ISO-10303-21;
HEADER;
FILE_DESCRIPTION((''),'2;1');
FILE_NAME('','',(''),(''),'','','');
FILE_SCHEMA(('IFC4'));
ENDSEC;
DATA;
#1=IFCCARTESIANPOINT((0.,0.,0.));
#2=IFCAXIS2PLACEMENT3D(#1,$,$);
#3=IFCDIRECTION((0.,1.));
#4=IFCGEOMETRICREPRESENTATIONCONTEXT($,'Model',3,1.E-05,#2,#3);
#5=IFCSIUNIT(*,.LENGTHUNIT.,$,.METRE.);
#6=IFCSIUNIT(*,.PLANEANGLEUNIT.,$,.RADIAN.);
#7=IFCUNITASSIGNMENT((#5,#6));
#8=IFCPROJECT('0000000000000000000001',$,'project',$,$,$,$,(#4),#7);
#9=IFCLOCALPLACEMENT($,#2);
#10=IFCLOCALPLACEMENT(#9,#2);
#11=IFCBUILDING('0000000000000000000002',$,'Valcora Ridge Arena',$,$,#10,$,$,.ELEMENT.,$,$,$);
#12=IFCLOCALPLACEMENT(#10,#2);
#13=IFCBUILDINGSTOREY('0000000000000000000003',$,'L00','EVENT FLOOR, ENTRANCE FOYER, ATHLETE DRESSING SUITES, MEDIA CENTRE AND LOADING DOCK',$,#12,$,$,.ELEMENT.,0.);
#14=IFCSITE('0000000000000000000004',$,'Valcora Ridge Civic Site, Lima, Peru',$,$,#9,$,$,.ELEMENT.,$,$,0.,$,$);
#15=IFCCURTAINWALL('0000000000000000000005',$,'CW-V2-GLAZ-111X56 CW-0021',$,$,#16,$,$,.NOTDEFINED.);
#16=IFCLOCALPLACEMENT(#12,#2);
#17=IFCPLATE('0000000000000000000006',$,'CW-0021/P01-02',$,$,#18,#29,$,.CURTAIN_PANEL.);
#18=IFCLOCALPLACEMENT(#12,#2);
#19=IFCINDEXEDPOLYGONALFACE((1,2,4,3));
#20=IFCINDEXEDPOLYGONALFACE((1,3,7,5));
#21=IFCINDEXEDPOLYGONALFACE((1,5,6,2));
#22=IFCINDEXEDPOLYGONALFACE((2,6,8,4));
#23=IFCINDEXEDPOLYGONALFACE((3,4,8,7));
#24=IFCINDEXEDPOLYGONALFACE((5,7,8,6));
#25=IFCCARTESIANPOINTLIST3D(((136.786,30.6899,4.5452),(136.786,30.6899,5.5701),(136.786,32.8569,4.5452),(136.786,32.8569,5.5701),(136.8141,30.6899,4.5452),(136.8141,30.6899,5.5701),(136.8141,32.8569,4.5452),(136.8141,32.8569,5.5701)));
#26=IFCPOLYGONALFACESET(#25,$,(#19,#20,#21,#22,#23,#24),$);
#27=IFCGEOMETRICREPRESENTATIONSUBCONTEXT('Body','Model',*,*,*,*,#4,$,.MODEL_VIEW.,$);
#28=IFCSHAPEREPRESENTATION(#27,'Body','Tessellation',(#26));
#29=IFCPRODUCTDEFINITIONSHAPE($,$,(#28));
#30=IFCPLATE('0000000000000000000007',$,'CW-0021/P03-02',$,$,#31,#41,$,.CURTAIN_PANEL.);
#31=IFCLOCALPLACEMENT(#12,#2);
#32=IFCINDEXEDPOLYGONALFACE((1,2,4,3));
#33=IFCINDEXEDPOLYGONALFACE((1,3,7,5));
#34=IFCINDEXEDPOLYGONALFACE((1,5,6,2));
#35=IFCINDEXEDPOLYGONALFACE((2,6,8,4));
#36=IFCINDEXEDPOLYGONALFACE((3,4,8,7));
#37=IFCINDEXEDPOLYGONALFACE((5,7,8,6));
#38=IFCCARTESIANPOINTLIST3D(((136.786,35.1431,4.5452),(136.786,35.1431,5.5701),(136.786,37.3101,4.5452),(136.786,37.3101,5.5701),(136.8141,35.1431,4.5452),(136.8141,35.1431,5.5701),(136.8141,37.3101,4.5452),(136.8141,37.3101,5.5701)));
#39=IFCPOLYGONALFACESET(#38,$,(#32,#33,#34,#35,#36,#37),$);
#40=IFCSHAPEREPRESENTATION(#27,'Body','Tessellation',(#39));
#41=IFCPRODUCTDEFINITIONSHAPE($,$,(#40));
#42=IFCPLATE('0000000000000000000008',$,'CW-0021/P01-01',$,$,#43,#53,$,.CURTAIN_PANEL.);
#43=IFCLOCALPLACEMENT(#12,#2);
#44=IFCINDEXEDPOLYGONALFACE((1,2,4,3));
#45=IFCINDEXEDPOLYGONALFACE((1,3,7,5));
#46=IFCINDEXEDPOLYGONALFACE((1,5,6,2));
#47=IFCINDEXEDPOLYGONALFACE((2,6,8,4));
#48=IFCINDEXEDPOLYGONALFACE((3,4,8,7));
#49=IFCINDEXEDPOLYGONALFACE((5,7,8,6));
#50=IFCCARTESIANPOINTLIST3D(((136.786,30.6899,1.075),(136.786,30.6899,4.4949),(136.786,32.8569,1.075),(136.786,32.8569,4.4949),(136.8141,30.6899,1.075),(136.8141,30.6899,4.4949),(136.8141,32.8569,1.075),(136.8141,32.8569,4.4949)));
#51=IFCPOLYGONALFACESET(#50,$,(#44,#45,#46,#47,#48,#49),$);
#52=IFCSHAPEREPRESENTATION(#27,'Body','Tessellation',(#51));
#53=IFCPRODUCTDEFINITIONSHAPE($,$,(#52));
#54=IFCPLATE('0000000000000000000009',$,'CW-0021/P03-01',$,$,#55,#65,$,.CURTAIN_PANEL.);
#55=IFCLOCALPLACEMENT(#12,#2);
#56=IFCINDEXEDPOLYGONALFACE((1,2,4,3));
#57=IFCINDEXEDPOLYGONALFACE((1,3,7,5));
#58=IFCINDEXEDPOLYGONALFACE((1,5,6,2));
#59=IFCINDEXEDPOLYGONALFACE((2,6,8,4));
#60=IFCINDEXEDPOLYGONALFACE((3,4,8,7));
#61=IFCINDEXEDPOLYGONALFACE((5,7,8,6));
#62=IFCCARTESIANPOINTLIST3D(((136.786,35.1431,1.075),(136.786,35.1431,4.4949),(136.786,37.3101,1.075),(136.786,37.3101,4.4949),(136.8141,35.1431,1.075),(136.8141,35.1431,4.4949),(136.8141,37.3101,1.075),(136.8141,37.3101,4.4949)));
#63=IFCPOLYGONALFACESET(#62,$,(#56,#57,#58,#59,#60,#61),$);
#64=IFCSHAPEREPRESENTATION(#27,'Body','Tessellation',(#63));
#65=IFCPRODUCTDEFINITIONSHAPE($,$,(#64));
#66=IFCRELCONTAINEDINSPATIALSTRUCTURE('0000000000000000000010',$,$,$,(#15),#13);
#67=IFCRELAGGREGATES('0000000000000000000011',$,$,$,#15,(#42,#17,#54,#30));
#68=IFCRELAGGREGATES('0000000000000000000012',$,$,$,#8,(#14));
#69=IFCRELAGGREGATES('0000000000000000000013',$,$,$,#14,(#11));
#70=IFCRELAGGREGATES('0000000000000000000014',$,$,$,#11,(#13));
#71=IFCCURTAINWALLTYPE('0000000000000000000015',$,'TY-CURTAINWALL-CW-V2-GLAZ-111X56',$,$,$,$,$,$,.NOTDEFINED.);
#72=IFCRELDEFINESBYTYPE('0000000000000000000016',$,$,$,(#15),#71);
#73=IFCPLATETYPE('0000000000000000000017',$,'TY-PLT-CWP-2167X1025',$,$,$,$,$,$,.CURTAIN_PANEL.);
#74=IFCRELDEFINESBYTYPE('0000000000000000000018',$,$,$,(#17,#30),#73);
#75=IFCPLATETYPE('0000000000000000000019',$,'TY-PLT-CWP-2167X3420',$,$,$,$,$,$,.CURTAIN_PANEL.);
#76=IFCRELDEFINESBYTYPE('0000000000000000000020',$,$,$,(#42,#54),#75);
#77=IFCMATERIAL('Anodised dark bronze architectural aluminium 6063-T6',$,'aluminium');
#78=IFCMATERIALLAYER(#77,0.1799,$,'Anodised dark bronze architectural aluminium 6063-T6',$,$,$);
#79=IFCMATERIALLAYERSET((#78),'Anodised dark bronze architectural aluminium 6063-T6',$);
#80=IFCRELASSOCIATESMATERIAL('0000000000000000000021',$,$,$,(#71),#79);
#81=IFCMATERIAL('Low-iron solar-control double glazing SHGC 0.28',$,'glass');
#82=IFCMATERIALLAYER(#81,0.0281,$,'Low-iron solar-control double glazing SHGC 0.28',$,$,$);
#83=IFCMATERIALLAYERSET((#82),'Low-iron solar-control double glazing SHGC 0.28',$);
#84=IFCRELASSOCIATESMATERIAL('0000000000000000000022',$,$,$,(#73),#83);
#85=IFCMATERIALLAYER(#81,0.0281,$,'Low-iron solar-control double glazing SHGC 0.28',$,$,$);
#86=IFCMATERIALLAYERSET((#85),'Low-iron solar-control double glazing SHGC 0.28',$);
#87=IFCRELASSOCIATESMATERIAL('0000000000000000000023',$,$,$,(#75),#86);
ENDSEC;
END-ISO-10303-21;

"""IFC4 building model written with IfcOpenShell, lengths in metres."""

from ifc_helpers import new_model, si_unit, direction, frame, origin, origin_2d, place, context, subcontext, project, spatial, rectangle, extrude, material, layer, layer_set, type_object, element, aggregate, save


model = new_model("IFC4")

# Units and contexts
model_context = context("Model", 3, precision=1e-05, world=origin(), true_north=direction((0.0, 1.0)))
body_context = subcontext(model_context, "Body", "Model", "MODEL_VIEW")
ifc_project = project(units=[si_unit("LENGTHUNIT", "METRE"), si_unit("PLANEANGLEUNIT", "RADIAN")], contexts=[model_context])

# Site, building, storey
site_placement = place(None, origin())
site = spatial("IfcSite", under=ifc_project, at=site_placement, Name="Valcora Ridge Civic Site, Lima, Peru", CompositionType="ELEMENT", RefElevation=0.0)
building_placement = place(site_placement, origin())
building = spatial("IfcBuilding", under=site, at=building_placement, Name="Valcora Ridge Arena", CompositionType="ELEMENT")
storey_placement = place(building_placement, origin())
storey = spatial("IfcBuildingStorey", under=building, at=storey_placement, Name="L00", Description="EVENT FLOOR, ENTRANCE FOYER, ATHLETE DRESSING SUITES, MEDIA CENTRE AND LOADING DOCK", CompositionType="ELEMENT", Elevation=0.0)

# Curtain wall
ifc_material_1 = material(Name="Anodised dark bronze architectural aluminium 6063-T6", Category="aluminium")
ifc_layer_1 = layer(ifc_material_1, 0.1799, Name="Anodised dark bronze architectural aluminium 6063-T6")
ifc_layer_set_1 = layer_set([ifc_layer_1], Name="Anodised dark bronze architectural aluminium 6063-T6")
curtain_wall_type_1 = type_object("IfcCurtainWallType", Name="TY-CURTAINWALL-CW-V2-GLAZ-111X56", PredefinedType="NOTDEFINED", material=ifc_layer_set_1)
curtain_wall_1_placement = place(storey_placement, origin())
curtain_wall_1 = element("IfcCurtainWall", 1, at=curtain_wall_1_placement, inside=storey, type_object=curtain_wall_type_1, Name="CW-V2-GLAZ-111X56 CW-0021", PredefinedType="NOTDEFINED")

# Plates
ifc_material_2 = material(Name="Low-iron solar-control double glazing SHGC 0.28", Category="glass")
ifc_layer_2 = layer(ifc_material_2, 0.0281, Name="Low-iron solar-control double glazing SHGC 0.28")
ifc_layer_set_2 = layer_set([ifc_layer_2], Name="Low-iron solar-control double glazing SHGC 0.28")
plate_type_1 = type_object("IfcPlateType", Name="TY-PLT-CWP-2167X1025", PredefinedType="CURTAIN_PANEL", material=ifc_layer_set_2)
plate_1_placement = place(storey_placement, frame((136.8, 31.7734, 4.5452), z_axis=(0.0, 0.0, 1.0), x_axis=(0.0, 1.0, 0.0)))
plate_1 = element("IfcPlate", 2, at=plate_1_placement, type_object=plate_type_1, Name="CW-0021/P01-02", PredefinedType="CURTAIN_PANEL", context=body_context, shape_type="SweptSolid", body=[
    extrude(rectangle(XDim=2.167, YDim=0.0281, at=origin_2d()), origin(), (0.0, 0.0, 1.0), 1.0249),
])
plate_2_placement = place(storey_placement, frame((136.8, 36.2266, 4.5452), z_axis=(0.0, 0.0, 1.0), x_axis=(0.0, 1.0, 0.0)))
plate_2 = element("IfcPlate", 3, at=plate_2_placement, type_object=plate_type_1, Name="CW-0021/P03-02", PredefinedType="CURTAIN_PANEL", context=body_context, shape_type="SweptSolid", body=[
    extrude(rectangle(XDim=2.167, YDim=0.0281, at=origin_2d()), origin(), (0.0, 0.0, 1.0), 1.0249),
])
ifc_layer_3 = layer(ifc_material_2, 0.0281, Name="Low-iron solar-control double glazing SHGC 0.28")
ifc_layer_set_3 = layer_set([ifc_layer_3], Name="Low-iron solar-control double glazing SHGC 0.28")
plate_type_2 = type_object("IfcPlateType", Name="TY-PLT-CWP-2167X3420", PredefinedType="CURTAIN_PANEL", material=ifc_layer_set_3)
plate_3_placement = place(storey_placement, frame((136.8, 31.7734, 1.075), z_axis=(0.0, 0.0, 1.0), x_axis=(0.0, 1.0, 0.0)))
plate_3 = element("IfcPlate", 4, at=plate_3_placement, type_object=plate_type_2, Name="CW-0021/P01-01", PredefinedType="CURTAIN_PANEL", context=body_context, shape_type="SweptSolid", body=[
    extrude(rectangle(XDim=2.167, YDim=0.0281, at=origin_2d()), origin(), (0.0, 0.0, 1.0), 3.4199),
])
plate_4_placement = place(storey_placement, frame((136.8, 36.2266, 1.075), z_axis=(0.0, 0.0, 1.0), x_axis=(0.0, 1.0, 0.0)))
plate_4 = element("IfcPlate", 5, at=plate_4_placement, type_object=plate_type_2, Name="CW-0021/P03-01", PredefinedType="CURTAIN_PANEL", context=body_context, shape_type="SweptSolid", body=[
    extrude(rectangle(XDim=2.167, YDim=0.0281, at=origin_2d()), origin(), (0.0, 0.0, 1.0), 3.4199),
])
aggregate(curtain_wall_1, [plate_3, plate_1, plate_4, plate_2])

save(model, "model.ifc")
